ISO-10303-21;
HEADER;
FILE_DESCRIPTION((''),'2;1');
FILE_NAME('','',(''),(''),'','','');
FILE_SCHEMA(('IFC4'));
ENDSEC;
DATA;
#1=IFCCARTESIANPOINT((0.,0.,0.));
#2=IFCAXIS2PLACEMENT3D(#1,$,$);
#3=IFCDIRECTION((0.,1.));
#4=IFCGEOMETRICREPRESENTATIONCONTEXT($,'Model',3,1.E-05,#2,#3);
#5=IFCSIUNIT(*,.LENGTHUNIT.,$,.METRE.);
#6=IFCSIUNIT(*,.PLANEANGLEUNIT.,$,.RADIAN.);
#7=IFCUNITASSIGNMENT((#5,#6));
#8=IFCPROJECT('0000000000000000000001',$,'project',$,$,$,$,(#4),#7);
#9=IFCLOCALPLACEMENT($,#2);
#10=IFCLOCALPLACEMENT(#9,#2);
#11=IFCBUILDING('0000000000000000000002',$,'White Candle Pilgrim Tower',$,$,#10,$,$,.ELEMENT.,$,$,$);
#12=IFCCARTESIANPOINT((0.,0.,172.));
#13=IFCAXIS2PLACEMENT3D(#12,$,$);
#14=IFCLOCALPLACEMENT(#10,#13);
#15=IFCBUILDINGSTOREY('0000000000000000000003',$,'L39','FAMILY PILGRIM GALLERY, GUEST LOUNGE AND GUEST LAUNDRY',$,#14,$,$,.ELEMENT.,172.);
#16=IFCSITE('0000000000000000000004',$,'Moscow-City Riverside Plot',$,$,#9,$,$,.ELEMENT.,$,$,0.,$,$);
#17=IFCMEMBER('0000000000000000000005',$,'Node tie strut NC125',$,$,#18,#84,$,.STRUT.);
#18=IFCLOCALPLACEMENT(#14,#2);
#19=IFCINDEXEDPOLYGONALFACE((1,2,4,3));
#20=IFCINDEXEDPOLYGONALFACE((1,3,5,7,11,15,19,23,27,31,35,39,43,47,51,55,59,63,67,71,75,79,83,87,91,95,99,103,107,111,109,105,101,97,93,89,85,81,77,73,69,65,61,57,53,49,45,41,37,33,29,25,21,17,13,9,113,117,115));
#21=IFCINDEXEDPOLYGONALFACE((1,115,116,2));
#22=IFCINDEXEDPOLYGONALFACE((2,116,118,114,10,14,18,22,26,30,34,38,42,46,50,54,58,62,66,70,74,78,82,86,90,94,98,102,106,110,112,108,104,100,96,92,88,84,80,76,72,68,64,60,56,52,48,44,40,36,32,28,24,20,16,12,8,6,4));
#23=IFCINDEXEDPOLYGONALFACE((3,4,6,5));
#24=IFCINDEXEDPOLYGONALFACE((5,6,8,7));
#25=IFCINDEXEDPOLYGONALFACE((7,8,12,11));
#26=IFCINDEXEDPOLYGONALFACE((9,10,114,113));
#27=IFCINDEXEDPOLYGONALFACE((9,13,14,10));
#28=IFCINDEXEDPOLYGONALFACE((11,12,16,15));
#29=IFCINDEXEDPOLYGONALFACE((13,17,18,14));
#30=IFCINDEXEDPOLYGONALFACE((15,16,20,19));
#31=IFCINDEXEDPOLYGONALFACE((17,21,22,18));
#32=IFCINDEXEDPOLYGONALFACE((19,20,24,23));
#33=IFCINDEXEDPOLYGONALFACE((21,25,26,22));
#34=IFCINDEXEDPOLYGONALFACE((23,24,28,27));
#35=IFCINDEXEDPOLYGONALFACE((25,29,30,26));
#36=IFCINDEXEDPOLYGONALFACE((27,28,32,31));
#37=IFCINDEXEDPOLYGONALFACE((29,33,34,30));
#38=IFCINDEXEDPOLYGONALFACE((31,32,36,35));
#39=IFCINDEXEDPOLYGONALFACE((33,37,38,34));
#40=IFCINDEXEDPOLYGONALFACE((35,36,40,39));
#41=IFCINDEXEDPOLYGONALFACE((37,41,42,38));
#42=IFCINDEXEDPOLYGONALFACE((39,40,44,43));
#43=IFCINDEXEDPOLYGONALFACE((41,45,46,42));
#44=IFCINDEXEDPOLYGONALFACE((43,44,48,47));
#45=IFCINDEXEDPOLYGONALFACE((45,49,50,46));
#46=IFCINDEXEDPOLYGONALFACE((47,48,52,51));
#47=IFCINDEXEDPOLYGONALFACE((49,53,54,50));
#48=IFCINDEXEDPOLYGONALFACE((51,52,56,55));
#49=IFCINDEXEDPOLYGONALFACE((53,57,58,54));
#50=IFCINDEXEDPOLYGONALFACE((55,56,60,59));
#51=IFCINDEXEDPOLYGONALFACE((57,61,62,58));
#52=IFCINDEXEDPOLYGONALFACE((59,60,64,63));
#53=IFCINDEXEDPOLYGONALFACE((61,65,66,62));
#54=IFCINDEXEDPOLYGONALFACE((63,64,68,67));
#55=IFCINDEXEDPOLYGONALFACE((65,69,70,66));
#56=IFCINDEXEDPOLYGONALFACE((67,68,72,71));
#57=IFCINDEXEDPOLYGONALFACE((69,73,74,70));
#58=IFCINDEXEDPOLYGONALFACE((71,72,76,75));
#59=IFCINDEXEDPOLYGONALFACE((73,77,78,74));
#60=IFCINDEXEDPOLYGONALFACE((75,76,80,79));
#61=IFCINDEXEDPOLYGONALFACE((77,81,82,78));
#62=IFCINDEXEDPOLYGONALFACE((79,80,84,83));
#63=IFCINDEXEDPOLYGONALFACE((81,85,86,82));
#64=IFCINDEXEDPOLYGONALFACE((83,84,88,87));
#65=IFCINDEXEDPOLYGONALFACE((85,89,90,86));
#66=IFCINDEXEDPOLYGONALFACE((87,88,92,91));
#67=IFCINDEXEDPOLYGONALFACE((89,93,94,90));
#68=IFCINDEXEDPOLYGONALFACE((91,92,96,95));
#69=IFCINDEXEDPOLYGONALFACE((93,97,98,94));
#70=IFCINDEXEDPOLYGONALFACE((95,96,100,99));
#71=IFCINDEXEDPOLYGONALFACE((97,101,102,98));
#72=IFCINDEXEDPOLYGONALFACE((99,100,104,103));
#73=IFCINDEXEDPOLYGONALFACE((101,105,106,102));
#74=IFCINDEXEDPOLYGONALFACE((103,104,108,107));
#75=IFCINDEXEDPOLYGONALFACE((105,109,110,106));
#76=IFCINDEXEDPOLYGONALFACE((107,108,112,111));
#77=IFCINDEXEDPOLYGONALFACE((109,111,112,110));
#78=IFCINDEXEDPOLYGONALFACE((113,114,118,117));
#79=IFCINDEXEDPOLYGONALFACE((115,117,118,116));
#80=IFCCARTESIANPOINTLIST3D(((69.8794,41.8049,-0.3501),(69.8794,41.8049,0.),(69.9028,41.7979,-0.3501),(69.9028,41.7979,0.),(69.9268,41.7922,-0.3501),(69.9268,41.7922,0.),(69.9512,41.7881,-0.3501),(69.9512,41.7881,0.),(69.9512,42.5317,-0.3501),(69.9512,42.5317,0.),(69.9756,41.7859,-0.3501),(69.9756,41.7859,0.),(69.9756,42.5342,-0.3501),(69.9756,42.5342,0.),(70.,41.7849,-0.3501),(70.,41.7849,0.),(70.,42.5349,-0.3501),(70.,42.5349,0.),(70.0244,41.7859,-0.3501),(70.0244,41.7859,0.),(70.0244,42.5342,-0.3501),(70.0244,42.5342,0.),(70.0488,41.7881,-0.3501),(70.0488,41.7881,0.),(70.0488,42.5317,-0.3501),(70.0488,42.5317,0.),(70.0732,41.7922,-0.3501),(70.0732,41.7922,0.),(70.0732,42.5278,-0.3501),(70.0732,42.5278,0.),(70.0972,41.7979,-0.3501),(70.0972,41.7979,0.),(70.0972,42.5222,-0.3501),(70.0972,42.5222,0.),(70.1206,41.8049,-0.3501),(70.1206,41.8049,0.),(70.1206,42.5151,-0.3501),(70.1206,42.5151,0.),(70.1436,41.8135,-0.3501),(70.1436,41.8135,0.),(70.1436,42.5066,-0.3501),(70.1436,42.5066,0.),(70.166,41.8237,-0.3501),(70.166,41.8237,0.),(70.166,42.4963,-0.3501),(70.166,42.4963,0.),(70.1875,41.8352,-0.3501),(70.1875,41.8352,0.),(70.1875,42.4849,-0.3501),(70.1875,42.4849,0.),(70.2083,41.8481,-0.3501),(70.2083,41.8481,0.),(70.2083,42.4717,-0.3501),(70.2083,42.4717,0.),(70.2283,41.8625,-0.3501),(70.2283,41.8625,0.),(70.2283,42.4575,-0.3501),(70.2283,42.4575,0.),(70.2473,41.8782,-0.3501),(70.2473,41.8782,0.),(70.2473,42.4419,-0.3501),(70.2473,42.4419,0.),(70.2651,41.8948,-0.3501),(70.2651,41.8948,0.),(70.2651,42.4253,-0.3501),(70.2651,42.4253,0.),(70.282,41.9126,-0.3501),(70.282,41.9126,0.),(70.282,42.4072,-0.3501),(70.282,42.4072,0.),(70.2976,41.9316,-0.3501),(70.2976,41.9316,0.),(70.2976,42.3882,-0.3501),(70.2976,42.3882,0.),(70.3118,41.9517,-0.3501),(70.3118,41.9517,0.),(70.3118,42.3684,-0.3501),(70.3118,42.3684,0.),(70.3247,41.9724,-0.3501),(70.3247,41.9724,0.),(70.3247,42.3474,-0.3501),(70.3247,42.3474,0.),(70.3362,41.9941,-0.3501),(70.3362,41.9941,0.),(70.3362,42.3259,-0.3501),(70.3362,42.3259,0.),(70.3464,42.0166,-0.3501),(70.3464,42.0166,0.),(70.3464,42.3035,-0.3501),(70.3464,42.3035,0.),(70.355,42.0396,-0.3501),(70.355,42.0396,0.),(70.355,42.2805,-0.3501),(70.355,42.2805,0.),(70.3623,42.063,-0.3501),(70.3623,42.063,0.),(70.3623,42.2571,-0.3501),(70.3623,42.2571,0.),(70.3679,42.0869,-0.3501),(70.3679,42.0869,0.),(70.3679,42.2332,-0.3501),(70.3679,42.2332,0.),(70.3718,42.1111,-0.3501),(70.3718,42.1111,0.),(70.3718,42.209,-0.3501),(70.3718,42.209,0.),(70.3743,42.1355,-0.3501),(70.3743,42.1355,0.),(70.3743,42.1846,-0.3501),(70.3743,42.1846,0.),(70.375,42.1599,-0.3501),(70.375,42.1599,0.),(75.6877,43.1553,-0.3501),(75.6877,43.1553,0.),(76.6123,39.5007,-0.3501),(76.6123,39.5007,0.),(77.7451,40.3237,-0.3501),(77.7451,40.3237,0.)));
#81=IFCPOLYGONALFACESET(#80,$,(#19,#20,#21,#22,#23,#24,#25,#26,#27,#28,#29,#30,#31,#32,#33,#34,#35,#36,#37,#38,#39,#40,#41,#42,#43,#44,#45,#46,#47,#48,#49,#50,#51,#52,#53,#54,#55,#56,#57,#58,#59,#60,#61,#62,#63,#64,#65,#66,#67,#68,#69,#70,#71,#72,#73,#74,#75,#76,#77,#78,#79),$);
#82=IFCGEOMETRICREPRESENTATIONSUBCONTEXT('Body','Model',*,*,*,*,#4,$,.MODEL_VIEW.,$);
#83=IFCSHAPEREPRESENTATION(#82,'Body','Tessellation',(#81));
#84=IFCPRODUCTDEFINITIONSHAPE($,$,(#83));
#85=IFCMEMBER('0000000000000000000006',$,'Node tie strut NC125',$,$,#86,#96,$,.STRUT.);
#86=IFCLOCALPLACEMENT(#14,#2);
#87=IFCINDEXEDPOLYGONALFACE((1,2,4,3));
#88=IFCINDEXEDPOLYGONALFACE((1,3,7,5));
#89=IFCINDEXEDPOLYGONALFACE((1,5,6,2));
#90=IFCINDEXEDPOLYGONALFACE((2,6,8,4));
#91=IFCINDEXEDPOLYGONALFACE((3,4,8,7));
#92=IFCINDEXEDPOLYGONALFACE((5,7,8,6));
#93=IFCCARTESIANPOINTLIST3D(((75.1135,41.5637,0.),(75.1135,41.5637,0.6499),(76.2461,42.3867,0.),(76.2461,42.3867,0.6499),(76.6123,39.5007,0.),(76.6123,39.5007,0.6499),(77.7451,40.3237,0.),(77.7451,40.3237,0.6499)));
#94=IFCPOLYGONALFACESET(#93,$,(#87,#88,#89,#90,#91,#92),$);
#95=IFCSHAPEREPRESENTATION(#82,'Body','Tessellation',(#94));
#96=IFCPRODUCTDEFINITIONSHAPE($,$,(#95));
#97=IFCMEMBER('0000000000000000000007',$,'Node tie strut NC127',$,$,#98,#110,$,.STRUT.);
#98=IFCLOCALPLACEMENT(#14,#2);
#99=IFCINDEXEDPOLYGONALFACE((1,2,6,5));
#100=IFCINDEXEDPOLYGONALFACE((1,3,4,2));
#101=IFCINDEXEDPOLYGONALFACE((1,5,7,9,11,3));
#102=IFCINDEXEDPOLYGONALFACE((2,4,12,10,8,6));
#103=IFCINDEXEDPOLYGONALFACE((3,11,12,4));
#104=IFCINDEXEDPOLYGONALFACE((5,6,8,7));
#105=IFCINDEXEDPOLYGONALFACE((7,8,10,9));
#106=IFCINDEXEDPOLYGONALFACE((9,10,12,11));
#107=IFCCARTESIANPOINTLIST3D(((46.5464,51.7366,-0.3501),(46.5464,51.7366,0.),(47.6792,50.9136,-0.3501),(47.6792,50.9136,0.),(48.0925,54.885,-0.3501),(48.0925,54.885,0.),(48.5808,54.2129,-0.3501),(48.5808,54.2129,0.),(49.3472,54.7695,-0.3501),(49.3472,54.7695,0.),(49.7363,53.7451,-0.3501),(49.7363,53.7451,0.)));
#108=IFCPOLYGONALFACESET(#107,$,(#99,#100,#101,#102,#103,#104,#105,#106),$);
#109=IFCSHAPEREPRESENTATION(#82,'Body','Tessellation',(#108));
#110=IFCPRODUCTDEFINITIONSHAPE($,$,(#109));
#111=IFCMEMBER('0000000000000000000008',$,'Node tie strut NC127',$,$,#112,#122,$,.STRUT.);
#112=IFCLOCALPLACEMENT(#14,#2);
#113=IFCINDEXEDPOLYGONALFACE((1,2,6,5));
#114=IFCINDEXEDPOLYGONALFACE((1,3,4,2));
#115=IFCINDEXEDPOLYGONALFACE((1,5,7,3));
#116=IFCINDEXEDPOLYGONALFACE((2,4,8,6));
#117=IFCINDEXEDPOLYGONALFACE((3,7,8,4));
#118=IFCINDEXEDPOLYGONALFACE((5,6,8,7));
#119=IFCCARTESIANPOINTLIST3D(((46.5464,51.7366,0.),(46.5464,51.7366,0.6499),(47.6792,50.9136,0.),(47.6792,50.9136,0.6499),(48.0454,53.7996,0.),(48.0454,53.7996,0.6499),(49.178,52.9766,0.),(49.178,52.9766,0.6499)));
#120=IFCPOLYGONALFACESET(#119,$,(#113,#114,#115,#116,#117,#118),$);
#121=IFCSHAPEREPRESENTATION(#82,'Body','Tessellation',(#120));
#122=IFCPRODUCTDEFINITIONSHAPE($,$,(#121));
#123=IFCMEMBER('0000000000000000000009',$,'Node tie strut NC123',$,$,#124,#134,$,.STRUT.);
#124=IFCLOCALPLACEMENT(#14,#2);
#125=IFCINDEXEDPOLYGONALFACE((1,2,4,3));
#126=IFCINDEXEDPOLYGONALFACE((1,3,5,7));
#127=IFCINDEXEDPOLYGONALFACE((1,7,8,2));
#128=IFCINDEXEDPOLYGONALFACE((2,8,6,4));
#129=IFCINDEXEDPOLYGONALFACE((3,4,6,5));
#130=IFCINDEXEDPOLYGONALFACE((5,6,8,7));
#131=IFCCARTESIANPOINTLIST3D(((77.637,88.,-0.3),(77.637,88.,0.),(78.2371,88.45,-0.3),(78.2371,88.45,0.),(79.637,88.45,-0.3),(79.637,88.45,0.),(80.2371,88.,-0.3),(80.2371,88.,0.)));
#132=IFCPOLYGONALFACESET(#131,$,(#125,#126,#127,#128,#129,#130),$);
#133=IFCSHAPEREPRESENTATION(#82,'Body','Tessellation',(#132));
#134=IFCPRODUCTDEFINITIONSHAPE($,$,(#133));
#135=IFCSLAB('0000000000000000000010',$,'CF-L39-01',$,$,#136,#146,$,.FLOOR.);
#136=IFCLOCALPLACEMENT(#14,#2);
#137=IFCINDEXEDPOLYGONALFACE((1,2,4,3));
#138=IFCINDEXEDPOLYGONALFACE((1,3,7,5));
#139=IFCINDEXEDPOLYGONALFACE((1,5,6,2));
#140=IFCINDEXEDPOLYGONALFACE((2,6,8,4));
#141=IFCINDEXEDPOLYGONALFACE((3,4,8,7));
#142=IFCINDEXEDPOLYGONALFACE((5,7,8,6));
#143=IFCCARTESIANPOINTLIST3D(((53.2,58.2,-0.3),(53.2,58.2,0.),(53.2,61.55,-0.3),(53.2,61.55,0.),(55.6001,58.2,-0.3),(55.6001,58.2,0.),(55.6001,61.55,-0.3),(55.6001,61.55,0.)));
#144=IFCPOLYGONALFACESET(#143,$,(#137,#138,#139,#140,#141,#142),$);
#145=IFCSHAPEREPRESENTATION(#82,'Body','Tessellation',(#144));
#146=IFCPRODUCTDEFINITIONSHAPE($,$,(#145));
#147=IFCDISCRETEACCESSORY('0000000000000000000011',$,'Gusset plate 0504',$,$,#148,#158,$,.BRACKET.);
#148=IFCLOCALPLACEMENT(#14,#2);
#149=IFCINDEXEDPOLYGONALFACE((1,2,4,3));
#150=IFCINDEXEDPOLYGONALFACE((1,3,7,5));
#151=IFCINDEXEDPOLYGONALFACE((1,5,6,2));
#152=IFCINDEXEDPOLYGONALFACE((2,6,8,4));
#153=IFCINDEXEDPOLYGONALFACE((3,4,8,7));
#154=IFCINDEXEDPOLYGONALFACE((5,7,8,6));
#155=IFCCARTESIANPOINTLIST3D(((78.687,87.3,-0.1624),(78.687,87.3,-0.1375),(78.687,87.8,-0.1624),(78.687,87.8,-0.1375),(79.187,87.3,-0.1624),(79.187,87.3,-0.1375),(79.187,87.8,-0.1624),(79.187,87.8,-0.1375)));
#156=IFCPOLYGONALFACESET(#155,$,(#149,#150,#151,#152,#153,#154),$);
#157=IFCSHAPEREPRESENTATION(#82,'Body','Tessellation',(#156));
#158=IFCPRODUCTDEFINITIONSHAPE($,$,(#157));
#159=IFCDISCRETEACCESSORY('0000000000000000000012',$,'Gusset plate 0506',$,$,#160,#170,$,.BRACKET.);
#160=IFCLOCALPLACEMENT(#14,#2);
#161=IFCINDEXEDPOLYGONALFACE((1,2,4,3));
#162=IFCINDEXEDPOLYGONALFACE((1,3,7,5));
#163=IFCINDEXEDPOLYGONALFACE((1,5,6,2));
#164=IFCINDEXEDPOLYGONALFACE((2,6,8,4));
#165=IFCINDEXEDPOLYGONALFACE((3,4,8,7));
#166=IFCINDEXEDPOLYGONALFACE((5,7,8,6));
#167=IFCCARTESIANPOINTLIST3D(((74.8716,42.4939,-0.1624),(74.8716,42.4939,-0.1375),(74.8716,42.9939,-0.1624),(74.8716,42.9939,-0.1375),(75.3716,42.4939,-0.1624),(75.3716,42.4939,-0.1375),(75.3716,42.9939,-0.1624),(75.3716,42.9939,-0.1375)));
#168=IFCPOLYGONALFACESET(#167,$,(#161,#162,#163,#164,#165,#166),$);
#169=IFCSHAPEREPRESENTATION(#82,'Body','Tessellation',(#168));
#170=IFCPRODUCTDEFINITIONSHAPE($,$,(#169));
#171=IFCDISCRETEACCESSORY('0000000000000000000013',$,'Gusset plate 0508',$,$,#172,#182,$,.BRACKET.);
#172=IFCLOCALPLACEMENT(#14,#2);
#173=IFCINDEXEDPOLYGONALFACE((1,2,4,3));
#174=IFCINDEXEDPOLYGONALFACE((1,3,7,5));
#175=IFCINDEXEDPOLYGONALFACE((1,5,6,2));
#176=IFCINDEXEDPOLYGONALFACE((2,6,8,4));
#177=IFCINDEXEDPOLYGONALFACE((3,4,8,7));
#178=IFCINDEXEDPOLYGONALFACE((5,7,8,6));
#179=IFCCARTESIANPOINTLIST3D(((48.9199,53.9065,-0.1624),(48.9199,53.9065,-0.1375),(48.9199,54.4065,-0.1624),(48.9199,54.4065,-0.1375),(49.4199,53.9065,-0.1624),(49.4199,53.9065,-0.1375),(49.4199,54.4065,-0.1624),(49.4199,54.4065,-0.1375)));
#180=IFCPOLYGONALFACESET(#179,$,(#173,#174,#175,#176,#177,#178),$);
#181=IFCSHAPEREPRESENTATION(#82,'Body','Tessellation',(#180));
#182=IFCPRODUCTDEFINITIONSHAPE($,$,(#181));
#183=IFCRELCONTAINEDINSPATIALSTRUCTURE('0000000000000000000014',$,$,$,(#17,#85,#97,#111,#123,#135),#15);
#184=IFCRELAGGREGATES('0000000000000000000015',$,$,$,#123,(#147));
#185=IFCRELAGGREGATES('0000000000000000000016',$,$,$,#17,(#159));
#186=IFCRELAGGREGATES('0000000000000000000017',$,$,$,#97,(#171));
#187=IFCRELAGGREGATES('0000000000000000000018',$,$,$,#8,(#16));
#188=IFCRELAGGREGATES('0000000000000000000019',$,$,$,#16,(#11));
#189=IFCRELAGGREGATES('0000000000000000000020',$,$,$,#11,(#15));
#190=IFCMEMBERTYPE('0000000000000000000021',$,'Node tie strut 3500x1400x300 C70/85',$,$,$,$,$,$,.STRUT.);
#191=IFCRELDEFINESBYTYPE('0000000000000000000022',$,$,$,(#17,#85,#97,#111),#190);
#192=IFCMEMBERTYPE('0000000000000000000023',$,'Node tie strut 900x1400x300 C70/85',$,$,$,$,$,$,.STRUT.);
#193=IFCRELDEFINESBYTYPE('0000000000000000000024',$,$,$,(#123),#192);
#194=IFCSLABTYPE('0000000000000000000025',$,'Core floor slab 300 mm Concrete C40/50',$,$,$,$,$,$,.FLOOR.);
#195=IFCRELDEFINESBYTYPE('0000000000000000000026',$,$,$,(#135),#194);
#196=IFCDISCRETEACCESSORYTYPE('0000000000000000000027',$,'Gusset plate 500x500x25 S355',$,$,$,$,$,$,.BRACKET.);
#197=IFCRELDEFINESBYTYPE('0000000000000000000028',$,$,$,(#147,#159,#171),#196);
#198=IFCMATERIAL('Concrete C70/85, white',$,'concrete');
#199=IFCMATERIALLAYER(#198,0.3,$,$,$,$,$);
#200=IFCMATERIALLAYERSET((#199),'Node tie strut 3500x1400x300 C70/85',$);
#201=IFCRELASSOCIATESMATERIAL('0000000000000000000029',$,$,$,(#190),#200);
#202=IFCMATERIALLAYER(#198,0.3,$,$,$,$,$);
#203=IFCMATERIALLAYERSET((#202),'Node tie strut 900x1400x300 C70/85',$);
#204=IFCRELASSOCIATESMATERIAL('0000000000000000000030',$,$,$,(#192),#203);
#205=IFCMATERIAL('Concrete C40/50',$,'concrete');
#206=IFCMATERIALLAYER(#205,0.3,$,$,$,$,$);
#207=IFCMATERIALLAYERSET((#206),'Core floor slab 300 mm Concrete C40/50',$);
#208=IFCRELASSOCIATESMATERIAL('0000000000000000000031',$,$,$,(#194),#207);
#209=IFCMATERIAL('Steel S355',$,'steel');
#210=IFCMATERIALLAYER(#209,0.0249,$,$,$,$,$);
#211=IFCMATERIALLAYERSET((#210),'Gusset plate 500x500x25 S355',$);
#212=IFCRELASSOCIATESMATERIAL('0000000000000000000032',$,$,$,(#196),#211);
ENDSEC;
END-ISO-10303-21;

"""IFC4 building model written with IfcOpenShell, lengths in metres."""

from ifc_helpers import new_model, si_unit, direction, frame, origin, origin_2d, place, context, subcontext, project, spatial, polyline, rectangle, outline, extrude, material, layer, layer_set, type_object, element, aggregate, save


model = new_model("IFC4")

# Units and contexts
model_context = context("Model", 3, precision=1e-05, world=origin(), true_north=direction((0.0, 1.0)))
body_context = subcontext(model_context, "Body", "Model", "MODEL_VIEW")
ifc_project = project(units=[si_unit("LENGTHUNIT", "METRE"), si_unit("PLANEANGLEUNIT", "RADIAN")], contexts=[model_context])

# Site, building, storey
site_placement = place(None, origin())
site = spatial("IfcSite", under=ifc_project, at=site_placement, Name="Moscow-City Riverside Plot", CompositionType="ELEMENT", RefElevation=0.0)
building_placement = place(site_placement, origin())
building = spatial("IfcBuilding", under=site, at=building_placement, Name="White Candle Pilgrim Tower", CompositionType="ELEMENT")
storey_placement = place(building_placement, frame((0.0, 0.0, 172.0)))
storey = spatial("IfcBuildingStorey", under=building, at=storey_placement, Name="L39", Description="FAMILY PILGRIM GALLERY, GUEST LOUNGE AND GUEST LAUNDRY", CompositionType="ELEMENT", Elevation=172.0)

# Members
ifc_material_1 = material(Name="Concrete C70/85, white", Category="concrete")
ifc_layer_1 = layer(ifc_material_1, 0.3)
ifc_layer_set_1 = layer_set([ifc_layer_1], Name="Node tie strut 3500x1400x300 C70/85")
member_type_1 = type_object("IfcMemberType", Name="Node tie strut 3500x1400x300 C70/85", PredefinedType="STRUT", material=ifc_layer_set_1)
member_1_placement = place(storey_placement, frame((0.0, 0.0, -0.3501)))
member_1 = element("IfcMember", 1, at=member_1_placement, inside=storey, type_object=member_type_1, Name="Node tie strut NC125", PredefinedType="STRUT", context=body_context, shape_type="SweptSolid", body=[
    extrude(outline(polyline([(76.6123, 39.5007), (77.7451, 40.3237), (75.6877, 43.1553), (69.9512, 42.5317), (69.9756, 42.5342), (70.0, 42.5349), (70.0244, 42.5342), (70.0488, 42.5317), (70.0732, 42.5278), (70.0972, 42.5222), (70.1206, 42.5151), (70.1436, 42.5066), (70.166, 42.4963), (70.1875, 42.4849), (70.2083, 42.4717), (70.2283, 42.4575), (70.2473, 42.4419), (70.2651, 42.4253), (70.282, 42.4072), (70.2976, 42.3882), (70.3118, 42.3684), (70.3247, 42.3474), (70.3362, 42.3259), (70.3464, 42.3035), (70.355, 42.2805), (70.3623, 42.2571), (70.3679, 42.2332), (70.3718, 42.209), (70.3743, 42.1846), (70.375, 42.1599), (70.3743, 42.1355), (70.3718, 42.1111), (70.3679, 42.0869), (70.3623, 42.063), (70.355, 42.0396), (70.3464, 42.0166), (70.3362, 41.9941), (70.3247, 41.9724), (70.3118, 41.9517), (70.2976, 41.9316), (70.282, 41.9126), (70.2651, 41.8948), (70.2473, 41.8782), (70.2283, 41.8625), (70.2083, 41.8481), (70.1875, 41.8352), (70.166, 41.8237), (70.1436, 41.8135), (70.1206, 41.8049), (70.0972, 41.7979), (70.0732, 41.7922), (70.0488, 41.7881), (70.0244, 41.7859), (70.0, 41.7849), (69.9756, 41.7859), (69.9512, 41.7881), (69.9268, 41.7922), (69.9028, 41.7979), (69.8794, 41.8049), (76.6123, 39.5007)])), origin(), (0.0, 0.0, 1.0), 0.3501),
])
member_2_placement = place(storey_placement, origin())
element("IfcMember", 2, at=member_2_placement, inside=storey, type_object=member_type_1, Name="Node tie strut NC125", PredefinedType="STRUT", context=body_context, shape_type="SweptSolid", body=[
    extrude(outline(polyline([(76.6123, 39.5007), (77.7451, 40.3237), (76.2461, 42.3867), (75.1135, 41.5637), (76.6123, 39.5007)])), origin(), (0.0, 0.0, 1.0), 0.6499),
])
member_3_placement = place(storey_placement, frame((0.0, 0.0, -0.3501)))
member_3 = element("IfcMember", 3, at=member_3_placement, inside=storey, type_object=member_type_1, Name="Node tie strut NC127", PredefinedType="STRUT", context=body_context, shape_type="SweptSolid", body=[
    extrude(outline(polyline([(47.6792, 50.9136), (49.7363, 53.7451), (49.3472, 54.7695), (48.5808, 54.2129), (48.0925, 54.885), (46.5464, 51.7366), (47.6792, 50.9136)])), origin(), (0.0, 0.0, 1.0), 0.3501),
])
member_4_placement = place(storey_placement, origin())
element("IfcMember", 4, at=member_4_placement, inside=storey, type_object=member_type_1, Name="Node tie strut NC127", PredefinedType="STRUT", context=body_context, shape_type="SweptSolid", body=[
    extrude(outline(polyline([(47.6792, 50.9136), (49.178, 52.9766), (48.0454, 53.7996), (46.5464, 51.7366), (47.6792, 50.9136)])), origin(), (0.0, 0.0, 1.0), 0.6499),
])
ifc_layer_2 = layer(ifc_material_1, 0.3)
ifc_layer_set_2 = layer_set([ifc_layer_2], Name="Node tie strut 900x1400x300 C70/85")
member_type_2 = type_object("IfcMemberType", Name="Node tie strut 900x1400x300 C70/85", PredefinedType="STRUT", material=ifc_layer_set_2)
member_5_placement = place(storey_placement, frame((0.0, 0.0, -0.3)))
member_5 = element("IfcMember", 5, at=member_5_placement, inside=storey, type_object=member_type_2, Name="Node tie strut NC123", PredefinedType="STRUT", context=body_context, shape_type="SweptSolid", body=[
    extrude(outline(polyline([(77.637, 88.0), (80.2371, 88.0), (79.637, 88.45), (78.2371, 88.45), (77.637, 88.0)])), origin(), (0.0, 0.0, 1.0), 0.3),
])

# Slab
ifc_material_2 = material(Name="Concrete C40/50", Category="concrete")
ifc_layer_3 = layer(ifc_material_2, 0.3)
ifc_layer_set_3 = layer_set([ifc_layer_3], Name="Core floor slab 300 mm Concrete C40/50")
slab_type_1 = type_object("IfcSlabType", Name="Core floor slab 300 mm Concrete C40/50", PredefinedType="FLOOR", material=ifc_layer_set_3)
slab_1_placement = place(storey_placement, frame((0.0, 0.0, -0.3)))
element("IfcSlab", 6, at=slab_1_placement, inside=storey, type_object=slab_type_1, Name="CF-L39-01", PredefinedType="FLOOR", context=body_context, shape_type="SweptSolid", body=[
    extrude(outline(polyline([(55.6001, 58.2), (53.2, 58.2), (53.2, 61.55), (55.6001, 61.55), (55.6001, 58.2)])), origin(), (0.0, 0.0, 1.0), 0.3),
])

# Discrete accessories
ifc_material_3 = material(Name="Steel S355", Category="steel")
ifc_layer_4 = layer(ifc_material_3, 0.0249)
ifc_layer_set_4 = layer_set([ifc_layer_4], Name="Gusset plate 500x500x25 S355")
discrete_accessory_type = type_object("IfcDiscreteAccessoryType", Name="Gusset plate 500x500x25 S355", PredefinedType="BRACKET", material=ifc_layer_set_4)
discrete_accessory_1_placement = place(storey_placement, frame((78.937, 87.55, -0.1624), z_axis=(0.0, 0.0, 1.0), x_axis=(1.0, 0.0, 0.0)))
discrete_accessory_1 = element("IfcDiscreteAccessory", 7, at=discrete_accessory_1_placement, type_object=discrete_accessory_type, Name="Gusset plate 0504", PredefinedType="BRACKET", context=body_context, shape_type="SweptSolid", body=[
    extrude(rectangle(XDim=0.5, YDim=0.5, at=origin_2d()), origin(), (0.0, 0.0, 1.0), 0.0249),
])
aggregate(member_5, [discrete_accessory_1])
discrete_accessory_2_placement = place(storey_placement, frame((75.1216, 42.7439, -0.1624), z_axis=(0.0, 0.0, 1.0), x_axis=(1.0, 0.0, 0.0)))
discrete_accessory_2 = element("IfcDiscreteAccessory", 8, at=discrete_accessory_2_placement, type_object=discrete_accessory_type, Name="Gusset plate 0506", PredefinedType="BRACKET", context=body_context, shape_type="SweptSolid", body=[
    extrude(rectangle(XDim=0.5, YDim=0.5, at=origin_2d()), origin(), (0.0, 0.0, 1.0), 0.0249),
])
aggregate(member_1, [discrete_accessory_2])
discrete_accessory_3_placement = place(storey_placement, frame((49.1699, 54.1565, -0.1624), z_axis=(0.0, 0.0, 1.0), x_axis=(1.0, 0.0, 0.0)))
discrete_accessory_3 = element("IfcDiscreteAccessory", 9, at=discrete_accessory_3_placement, type_object=discrete_accessory_type, Name="Gusset plate 0508", PredefinedType="BRACKET", context=body_context, shape_type="SweptSolid", body=[
    extrude(rectangle(XDim=0.5, YDim=0.5, at=origin_2d()), origin(), (0.0, 0.0, 1.0), 0.0249),
])
aggregate(member_3, [discrete_accessory_3])

save(model, "model.ifc")
